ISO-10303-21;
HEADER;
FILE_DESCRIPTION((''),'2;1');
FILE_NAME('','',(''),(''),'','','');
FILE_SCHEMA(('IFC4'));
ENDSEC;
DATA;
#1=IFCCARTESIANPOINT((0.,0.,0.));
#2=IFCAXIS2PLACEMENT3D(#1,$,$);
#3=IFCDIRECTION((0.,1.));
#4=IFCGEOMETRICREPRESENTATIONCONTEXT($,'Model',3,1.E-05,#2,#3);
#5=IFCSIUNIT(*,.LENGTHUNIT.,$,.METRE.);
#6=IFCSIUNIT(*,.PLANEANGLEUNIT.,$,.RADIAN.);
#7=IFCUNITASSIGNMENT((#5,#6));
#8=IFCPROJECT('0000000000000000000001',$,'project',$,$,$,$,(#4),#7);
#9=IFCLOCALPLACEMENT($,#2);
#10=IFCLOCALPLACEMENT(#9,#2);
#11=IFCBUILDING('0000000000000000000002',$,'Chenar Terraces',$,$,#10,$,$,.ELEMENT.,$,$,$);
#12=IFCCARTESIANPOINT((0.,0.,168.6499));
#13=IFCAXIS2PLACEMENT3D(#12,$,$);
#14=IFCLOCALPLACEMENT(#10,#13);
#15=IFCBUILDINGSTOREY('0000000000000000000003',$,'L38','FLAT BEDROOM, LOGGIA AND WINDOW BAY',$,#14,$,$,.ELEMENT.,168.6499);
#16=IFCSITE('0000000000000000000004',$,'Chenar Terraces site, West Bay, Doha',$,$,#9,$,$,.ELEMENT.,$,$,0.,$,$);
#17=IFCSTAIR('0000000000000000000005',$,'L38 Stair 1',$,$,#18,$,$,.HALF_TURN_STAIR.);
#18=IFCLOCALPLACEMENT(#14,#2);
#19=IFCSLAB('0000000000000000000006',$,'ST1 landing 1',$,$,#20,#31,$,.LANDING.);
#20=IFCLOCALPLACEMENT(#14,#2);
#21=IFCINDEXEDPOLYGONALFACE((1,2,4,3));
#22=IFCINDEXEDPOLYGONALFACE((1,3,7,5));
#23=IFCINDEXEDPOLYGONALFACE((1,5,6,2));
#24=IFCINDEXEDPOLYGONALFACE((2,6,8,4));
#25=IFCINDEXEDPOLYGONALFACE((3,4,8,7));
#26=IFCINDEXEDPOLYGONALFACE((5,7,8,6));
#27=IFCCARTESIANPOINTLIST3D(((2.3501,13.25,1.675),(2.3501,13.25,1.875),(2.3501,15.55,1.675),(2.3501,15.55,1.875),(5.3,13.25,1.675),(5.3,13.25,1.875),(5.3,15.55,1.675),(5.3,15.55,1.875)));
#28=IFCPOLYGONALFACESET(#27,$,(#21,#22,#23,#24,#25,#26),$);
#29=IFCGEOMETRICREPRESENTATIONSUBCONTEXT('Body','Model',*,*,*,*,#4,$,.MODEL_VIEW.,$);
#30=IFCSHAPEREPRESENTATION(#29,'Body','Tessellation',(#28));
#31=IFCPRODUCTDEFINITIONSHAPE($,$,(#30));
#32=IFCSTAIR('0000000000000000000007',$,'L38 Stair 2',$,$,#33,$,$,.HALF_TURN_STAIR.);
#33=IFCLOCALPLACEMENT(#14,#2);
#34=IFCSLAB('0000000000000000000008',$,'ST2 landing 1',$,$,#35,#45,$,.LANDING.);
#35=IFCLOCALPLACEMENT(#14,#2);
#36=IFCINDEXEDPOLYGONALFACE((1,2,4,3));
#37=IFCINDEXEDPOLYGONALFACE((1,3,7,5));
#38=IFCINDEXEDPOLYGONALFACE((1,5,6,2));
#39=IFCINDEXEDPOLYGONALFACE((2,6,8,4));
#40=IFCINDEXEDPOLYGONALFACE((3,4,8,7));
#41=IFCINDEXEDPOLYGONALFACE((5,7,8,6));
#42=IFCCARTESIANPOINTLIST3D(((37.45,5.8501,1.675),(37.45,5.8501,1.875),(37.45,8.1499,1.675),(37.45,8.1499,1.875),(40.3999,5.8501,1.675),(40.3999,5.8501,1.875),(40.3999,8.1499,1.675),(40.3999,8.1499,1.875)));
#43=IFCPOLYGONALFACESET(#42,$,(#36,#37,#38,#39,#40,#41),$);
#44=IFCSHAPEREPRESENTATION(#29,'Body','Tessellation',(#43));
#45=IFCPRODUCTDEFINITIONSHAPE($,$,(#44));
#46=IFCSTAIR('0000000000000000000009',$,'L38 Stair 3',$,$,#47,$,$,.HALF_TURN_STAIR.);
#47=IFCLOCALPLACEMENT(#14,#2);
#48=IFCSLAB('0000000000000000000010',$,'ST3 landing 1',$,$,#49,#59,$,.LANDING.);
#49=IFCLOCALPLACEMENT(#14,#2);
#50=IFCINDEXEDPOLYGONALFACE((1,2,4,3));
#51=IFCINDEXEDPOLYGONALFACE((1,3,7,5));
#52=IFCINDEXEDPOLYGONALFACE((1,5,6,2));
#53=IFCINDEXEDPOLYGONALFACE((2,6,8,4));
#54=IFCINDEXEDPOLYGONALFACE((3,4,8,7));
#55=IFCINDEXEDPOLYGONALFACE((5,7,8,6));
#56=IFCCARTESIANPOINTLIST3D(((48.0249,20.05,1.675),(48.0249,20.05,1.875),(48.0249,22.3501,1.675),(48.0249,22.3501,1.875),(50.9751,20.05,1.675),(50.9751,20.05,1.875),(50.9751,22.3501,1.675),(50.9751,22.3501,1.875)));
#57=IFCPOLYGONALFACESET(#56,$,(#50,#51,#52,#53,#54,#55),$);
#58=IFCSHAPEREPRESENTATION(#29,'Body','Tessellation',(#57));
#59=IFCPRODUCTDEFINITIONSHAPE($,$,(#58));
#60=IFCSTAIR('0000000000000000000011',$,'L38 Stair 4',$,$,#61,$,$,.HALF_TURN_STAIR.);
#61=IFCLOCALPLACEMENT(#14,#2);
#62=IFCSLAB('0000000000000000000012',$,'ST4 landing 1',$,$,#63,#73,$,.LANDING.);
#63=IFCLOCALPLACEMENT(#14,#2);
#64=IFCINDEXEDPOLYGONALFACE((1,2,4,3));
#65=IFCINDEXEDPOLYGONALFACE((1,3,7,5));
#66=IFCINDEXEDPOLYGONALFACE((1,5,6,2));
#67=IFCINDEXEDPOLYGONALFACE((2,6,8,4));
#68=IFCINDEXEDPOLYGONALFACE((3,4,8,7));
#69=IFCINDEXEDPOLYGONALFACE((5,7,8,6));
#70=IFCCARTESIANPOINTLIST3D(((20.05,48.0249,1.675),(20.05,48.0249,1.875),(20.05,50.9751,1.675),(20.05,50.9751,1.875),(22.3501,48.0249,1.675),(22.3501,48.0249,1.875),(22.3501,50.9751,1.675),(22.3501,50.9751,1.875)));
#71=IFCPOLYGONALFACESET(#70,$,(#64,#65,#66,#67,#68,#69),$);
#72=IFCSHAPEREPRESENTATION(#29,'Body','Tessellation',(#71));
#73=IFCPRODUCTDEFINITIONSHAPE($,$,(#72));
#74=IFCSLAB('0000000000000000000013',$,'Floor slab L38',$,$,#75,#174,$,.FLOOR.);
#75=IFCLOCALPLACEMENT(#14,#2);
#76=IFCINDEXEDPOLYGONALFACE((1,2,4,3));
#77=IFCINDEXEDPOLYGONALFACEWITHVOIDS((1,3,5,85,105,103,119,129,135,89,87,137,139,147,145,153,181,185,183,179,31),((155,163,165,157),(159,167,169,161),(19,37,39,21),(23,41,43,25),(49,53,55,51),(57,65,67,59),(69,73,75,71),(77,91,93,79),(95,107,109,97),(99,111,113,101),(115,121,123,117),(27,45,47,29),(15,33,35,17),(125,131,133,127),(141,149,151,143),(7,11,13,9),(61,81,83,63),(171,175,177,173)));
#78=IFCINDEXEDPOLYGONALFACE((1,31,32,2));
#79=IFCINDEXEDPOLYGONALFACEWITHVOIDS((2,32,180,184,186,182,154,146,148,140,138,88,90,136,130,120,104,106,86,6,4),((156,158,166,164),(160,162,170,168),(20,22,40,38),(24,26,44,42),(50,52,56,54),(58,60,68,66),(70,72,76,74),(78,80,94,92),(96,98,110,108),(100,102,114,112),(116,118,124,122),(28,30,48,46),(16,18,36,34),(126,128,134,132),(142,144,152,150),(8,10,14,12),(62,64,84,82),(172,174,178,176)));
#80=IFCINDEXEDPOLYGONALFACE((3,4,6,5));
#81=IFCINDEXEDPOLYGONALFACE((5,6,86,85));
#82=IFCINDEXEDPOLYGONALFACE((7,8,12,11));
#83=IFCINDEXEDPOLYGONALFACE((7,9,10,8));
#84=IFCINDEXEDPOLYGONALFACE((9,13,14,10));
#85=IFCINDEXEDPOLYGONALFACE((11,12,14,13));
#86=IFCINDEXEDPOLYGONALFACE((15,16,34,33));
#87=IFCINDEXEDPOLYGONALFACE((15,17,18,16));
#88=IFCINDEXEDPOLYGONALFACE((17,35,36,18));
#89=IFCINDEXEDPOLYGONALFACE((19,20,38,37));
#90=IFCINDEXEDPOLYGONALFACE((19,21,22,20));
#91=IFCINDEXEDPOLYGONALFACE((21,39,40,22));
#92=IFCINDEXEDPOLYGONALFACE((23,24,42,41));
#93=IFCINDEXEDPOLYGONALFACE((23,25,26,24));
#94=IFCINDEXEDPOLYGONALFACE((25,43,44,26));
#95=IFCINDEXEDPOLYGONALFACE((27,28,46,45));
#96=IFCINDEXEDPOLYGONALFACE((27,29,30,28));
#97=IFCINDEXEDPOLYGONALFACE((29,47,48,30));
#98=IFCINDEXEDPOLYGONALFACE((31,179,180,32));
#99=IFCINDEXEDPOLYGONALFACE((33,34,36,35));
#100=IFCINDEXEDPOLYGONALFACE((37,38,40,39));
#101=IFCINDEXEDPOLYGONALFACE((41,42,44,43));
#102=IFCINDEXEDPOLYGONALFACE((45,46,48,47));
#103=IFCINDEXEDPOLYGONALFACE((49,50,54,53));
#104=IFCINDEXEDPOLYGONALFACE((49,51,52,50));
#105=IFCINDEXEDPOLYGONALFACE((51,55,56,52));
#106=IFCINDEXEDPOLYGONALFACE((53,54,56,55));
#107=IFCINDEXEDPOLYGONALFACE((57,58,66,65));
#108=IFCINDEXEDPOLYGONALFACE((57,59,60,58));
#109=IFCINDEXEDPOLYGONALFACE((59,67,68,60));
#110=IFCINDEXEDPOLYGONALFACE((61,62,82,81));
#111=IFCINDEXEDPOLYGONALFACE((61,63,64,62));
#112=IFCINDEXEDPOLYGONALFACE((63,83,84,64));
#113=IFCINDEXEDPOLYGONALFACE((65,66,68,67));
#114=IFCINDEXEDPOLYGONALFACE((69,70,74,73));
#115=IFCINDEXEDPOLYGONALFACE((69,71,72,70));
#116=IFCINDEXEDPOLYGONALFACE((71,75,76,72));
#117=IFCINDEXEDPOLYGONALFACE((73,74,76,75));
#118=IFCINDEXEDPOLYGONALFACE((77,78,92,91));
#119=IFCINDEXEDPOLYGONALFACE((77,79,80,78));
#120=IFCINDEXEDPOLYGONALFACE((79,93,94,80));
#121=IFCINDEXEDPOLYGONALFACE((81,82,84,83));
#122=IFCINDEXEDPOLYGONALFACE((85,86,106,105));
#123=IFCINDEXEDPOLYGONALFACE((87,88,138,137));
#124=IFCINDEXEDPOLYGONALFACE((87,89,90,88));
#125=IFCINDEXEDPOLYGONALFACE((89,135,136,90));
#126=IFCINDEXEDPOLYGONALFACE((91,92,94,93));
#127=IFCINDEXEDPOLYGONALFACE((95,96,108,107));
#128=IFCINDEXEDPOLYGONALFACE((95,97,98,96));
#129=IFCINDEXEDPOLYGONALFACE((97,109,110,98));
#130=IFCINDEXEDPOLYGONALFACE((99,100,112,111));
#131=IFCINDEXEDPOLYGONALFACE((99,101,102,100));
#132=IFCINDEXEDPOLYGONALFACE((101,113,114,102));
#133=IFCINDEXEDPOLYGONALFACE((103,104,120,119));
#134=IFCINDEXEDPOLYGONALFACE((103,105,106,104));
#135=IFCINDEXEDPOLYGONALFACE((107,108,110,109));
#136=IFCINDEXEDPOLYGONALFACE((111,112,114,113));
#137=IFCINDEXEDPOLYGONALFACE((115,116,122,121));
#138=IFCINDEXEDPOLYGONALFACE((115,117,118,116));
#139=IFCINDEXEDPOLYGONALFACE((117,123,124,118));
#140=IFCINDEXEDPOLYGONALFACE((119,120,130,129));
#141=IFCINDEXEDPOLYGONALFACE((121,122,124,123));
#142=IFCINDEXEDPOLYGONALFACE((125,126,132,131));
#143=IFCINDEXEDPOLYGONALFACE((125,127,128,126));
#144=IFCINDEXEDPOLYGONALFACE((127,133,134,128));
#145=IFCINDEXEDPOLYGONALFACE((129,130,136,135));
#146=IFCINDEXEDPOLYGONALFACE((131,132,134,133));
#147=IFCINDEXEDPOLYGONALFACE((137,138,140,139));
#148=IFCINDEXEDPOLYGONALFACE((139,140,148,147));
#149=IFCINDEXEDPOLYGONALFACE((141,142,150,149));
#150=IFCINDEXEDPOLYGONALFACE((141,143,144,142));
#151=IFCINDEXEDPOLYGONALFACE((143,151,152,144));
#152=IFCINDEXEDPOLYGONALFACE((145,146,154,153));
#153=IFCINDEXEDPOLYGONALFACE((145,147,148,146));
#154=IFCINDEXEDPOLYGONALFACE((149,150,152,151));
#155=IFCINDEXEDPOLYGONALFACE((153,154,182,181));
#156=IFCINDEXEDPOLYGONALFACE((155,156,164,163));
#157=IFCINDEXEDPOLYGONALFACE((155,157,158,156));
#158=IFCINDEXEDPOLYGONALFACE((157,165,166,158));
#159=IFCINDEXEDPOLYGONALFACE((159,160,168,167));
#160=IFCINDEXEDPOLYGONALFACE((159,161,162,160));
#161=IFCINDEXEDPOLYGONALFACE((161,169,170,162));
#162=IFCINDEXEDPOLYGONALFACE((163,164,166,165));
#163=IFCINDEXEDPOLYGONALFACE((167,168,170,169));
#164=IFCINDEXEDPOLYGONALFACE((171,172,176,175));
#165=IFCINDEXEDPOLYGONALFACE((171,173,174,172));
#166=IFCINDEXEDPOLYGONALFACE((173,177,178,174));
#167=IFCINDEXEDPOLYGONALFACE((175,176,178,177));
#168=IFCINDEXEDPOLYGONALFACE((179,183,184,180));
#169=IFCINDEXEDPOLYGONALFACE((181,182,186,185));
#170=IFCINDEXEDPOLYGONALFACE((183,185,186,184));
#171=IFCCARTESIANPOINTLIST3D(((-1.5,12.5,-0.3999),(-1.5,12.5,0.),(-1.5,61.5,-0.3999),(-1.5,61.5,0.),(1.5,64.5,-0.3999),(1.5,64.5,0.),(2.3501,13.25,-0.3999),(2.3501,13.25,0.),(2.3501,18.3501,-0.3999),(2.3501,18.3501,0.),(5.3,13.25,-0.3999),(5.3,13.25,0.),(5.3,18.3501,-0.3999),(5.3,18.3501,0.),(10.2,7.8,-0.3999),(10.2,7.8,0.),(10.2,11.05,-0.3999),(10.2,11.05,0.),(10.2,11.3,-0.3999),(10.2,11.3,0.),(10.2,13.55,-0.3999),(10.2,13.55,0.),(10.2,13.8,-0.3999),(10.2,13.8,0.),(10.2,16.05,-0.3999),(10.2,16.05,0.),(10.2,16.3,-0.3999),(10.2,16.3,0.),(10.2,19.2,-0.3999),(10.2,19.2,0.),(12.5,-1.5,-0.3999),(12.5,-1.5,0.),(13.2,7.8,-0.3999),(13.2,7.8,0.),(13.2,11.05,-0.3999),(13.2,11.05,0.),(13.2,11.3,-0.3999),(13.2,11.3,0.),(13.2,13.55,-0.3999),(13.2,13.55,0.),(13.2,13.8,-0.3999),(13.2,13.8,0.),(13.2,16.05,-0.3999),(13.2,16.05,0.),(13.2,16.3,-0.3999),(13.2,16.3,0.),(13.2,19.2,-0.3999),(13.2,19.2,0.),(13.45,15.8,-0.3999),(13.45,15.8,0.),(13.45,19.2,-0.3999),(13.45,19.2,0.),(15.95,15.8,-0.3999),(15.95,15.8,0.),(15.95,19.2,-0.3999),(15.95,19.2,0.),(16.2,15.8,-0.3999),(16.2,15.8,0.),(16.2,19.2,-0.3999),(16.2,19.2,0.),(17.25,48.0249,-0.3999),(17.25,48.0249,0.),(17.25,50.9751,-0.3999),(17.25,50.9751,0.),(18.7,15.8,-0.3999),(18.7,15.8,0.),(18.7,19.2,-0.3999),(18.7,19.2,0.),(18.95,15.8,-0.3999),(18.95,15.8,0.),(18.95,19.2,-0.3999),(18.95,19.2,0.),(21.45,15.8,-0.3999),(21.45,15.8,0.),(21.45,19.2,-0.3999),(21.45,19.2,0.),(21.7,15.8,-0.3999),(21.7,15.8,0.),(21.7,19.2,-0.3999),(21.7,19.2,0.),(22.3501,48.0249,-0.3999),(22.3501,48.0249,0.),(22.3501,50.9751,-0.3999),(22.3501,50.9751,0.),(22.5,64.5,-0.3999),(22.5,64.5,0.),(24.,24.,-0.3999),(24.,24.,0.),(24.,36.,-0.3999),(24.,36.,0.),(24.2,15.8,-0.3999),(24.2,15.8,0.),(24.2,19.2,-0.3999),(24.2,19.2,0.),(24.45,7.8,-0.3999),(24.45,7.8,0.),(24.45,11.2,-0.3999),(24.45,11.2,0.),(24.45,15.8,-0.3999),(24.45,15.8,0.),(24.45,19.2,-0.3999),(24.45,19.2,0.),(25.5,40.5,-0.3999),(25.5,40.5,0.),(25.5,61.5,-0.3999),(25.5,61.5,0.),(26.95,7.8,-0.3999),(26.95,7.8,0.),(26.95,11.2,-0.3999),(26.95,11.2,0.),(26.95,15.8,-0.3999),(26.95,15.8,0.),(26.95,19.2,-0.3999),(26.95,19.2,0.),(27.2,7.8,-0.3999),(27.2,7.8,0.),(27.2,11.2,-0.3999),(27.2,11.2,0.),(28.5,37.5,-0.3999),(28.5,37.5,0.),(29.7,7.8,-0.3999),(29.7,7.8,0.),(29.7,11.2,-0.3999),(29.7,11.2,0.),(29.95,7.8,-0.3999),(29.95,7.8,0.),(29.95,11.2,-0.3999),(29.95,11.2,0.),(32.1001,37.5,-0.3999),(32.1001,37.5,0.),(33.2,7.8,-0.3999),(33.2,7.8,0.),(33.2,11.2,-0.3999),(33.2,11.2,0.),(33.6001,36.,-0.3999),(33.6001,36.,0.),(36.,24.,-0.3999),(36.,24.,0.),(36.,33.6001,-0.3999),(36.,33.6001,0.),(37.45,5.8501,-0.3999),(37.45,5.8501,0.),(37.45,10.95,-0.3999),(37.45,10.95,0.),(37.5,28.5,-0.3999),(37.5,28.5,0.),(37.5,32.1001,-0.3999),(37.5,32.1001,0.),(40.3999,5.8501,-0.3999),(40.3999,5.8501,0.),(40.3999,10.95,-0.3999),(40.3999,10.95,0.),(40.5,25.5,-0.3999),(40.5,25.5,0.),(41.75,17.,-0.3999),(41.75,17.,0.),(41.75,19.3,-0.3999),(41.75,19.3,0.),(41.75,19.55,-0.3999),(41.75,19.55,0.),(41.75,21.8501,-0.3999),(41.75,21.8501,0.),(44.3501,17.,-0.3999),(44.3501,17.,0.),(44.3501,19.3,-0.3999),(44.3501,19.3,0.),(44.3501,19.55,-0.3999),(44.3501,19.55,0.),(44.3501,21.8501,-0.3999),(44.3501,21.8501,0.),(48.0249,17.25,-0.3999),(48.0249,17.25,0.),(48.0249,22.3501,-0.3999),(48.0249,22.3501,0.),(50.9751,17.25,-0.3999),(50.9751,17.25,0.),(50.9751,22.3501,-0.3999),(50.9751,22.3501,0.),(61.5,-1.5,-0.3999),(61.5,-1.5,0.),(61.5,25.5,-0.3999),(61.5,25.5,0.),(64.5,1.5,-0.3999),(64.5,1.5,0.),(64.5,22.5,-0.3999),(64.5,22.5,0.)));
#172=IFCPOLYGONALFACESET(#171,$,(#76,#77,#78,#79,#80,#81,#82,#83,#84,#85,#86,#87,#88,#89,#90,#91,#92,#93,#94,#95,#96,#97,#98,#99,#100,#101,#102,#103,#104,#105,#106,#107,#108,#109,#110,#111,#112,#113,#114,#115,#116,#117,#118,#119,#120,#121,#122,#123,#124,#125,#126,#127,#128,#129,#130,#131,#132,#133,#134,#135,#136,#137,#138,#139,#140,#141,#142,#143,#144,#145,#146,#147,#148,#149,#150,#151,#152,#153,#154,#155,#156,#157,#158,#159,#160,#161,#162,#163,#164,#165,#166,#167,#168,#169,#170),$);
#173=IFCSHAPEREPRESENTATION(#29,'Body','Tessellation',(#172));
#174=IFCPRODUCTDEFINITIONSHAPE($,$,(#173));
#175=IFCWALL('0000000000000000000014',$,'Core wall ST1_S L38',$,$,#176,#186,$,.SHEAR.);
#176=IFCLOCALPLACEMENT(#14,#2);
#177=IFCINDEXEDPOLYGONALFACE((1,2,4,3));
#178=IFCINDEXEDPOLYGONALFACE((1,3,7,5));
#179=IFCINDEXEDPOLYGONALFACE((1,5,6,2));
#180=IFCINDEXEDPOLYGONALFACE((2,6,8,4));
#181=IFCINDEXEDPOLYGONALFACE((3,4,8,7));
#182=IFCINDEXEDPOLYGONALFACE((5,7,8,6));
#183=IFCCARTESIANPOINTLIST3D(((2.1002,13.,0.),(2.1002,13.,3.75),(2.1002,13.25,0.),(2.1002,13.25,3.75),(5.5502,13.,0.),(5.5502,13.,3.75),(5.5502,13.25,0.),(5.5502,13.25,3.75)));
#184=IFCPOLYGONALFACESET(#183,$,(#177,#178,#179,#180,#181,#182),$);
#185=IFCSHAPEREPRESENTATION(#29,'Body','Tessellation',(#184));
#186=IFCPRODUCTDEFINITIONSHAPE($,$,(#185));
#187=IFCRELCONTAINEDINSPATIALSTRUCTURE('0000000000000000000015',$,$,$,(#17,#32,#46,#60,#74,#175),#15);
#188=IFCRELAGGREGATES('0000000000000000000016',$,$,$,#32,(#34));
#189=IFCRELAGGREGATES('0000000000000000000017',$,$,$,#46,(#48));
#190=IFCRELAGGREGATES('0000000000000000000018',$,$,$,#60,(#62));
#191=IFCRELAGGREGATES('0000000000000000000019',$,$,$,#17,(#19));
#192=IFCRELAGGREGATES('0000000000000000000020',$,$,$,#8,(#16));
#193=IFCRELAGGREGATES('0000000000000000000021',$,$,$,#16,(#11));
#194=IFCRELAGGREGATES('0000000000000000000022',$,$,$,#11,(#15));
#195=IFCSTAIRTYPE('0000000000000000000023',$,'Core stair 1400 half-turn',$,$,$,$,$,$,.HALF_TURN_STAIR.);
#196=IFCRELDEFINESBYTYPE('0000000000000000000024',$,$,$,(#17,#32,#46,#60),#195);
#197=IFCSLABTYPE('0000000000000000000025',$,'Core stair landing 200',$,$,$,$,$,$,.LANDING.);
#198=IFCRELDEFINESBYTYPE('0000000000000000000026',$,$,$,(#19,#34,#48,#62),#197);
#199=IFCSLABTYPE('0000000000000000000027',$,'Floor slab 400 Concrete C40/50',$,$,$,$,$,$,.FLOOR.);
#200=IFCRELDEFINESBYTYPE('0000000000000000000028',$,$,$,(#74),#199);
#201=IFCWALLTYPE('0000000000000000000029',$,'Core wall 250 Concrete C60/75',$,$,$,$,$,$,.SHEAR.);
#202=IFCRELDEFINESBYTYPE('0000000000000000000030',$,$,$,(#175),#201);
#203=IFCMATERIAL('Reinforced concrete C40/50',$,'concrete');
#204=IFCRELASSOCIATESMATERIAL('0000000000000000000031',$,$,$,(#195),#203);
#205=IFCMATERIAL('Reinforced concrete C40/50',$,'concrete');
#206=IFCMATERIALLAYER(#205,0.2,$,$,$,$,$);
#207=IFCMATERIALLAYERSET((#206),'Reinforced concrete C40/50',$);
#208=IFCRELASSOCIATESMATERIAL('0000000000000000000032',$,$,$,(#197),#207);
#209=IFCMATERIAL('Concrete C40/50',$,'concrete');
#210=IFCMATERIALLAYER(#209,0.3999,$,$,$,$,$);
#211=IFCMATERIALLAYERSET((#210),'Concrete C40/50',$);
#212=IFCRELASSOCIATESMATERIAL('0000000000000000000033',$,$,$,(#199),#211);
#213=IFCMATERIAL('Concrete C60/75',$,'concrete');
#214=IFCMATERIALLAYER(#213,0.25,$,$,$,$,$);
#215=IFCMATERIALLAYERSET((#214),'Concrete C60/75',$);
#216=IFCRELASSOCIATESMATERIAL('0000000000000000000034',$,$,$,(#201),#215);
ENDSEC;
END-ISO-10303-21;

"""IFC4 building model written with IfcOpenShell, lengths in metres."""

from ifc_helpers import new_model, si_unit, direction, frame, frame_2d, origin, place, context, subcontext, project, spatial, polyline, rectangle, outline, extrude, material, layer, layer_set, type_object, element, aggregate, save


model = new_model("IFC4")

# Units and contexts
model_context = context("Model", 3, precision=1e-05, world=origin(), true_north=direction((0.0, 1.0)))
body_context = subcontext(model_context, "Body", "Model", "MODEL_VIEW")
ifc_project = project(units=[si_unit("LENGTHUNIT", "METRE"), si_unit("PLANEANGLEUNIT", "RADIAN")], contexts=[model_context])

# Site, building, storey
site_placement = place(None, origin())
site = spatial("IfcSite", under=ifc_project, at=site_placement, Name="Chenar Terraces site, West Bay, Doha", CompositionType="ELEMENT", RefElevation=0.0)
building_placement = place(site_placement, origin())
building = spatial("IfcBuilding", under=site, at=building_placement, Name="Chenar Terraces", CompositionType="ELEMENT")
storey_placement = place(building_placement, frame((0.0, 0.0, 168.6499)))
storey = spatial("IfcBuildingStorey", under=building, at=storey_placement, Name="L38", Description="FLAT BEDROOM, LOGGIA AND WINDOW BAY", CompositionType="ELEMENT", Elevation=168.6499)

# Stairs, slabs
ifc_material_1 = material(Name="Reinforced concrete C40/50", Category="concrete")
stair_type = type_object("IfcStairType", Name="Core stair 1400 half-turn", PredefinedType="HALF_TURN_STAIR", material=ifc_material_1)
placement_1 = place(storey_placement, origin())
stair_1 = element("IfcStair", 1, at=placement_1, inside=storey, type_object=stair_type, Name="L38 Stair 1", PredefinedType="HALF_TURN_STAIR")
ifc_material_2 = material(Name="Reinforced concrete C40/50", Category="concrete")
ifc_layer_1 = layer(ifc_material_2, 0.2)
ifc_layer_set_1 = layer_set([ifc_layer_1], Name="Reinforced concrete C40/50")
slab_type_1 = type_object("IfcSlabType", Name="Core stair landing 200", PredefinedType="LANDING", material=ifc_layer_set_1)
placement_2 = place(storey_placement, frame((0.0, 0.0, 1.675)))
slab_1 = element("IfcSlab", 2, at=placement_2, type_object=slab_type_1, Name="ST1 landing 1", PredefinedType="LANDING", context=body_context, shape_type="SweptSolid", body=[
    extrude(outline(polyline([(2.3501, 15.55), (2.3501, 13.25), (5.3, 13.25), (5.3, 15.55), (2.3501, 15.55)])), origin(), (0.0, 0.0, 1.0), 0.2),
])
stair_2 = element("IfcStair", 3, at=placement_1, inside=storey, type_object=stair_type, Name="L38 Stair 2", PredefinedType="HALF_TURN_STAIR")
slab_2 = element("IfcSlab", 4, at=placement_2, type_object=slab_type_1, Name="ST2 landing 1", PredefinedType="LANDING", context=body_context, shape_type="SweptSolid", body=[
    extrude(outline(polyline([(37.45, 8.1499), (37.45, 5.8501), (40.3999, 5.8501), (40.3999, 8.1499), (37.45, 8.1499)])), origin(), (0.0, 0.0, 1.0), 0.2),
])
aggregate(stair_2, [slab_2])
stair_3 = element("IfcStair", 5, at=placement_1, inside=storey, type_object=stair_type, Name="L38 Stair 3", PredefinedType="HALF_TURN_STAIR")
slab_3 = element("IfcSlab", 6, at=placement_2, type_object=slab_type_1, Name="ST3 landing 1", PredefinedType="LANDING", context=body_context, shape_type="SweptSolid", body=[
    extrude(outline(polyline([(50.9751, 20.05), (50.9751, 22.3501), (48.0249, 22.3501), (48.0249, 20.05), (50.9751, 20.05)])), origin(), (0.0, 0.0, 1.0), 0.2),
])
aggregate(stair_3, [slab_3])
stair_4 = element("IfcStair", 7, at=placement_1, inside=storey, type_object=stair_type, Name="L38 Stair 4", PredefinedType="HALF_TURN_STAIR")
slab_4 = element("IfcSlab", 8, at=placement_2, type_object=slab_type_1, Name="ST4 landing 1", PredefinedType="LANDING", context=body_context, shape_type="SweptSolid", body=[
    extrude(outline(polyline([(20.05, 48.0249), (22.3501, 48.0249), (22.3501, 50.9751), (20.05, 50.9751), (20.05, 48.0249)])), origin(), (0.0, 0.0, 1.0), 0.2),
])
aggregate(stair_4, [slab_4])

# Slab
ifc_material_3 = material(Name="Concrete C40/50", Category="concrete")
ifc_layer_2 = layer(ifc_material_3, 0.3999)
ifc_layer_set_2 = layer_set([ifc_layer_2], Name="Concrete C40/50")
slab_type_2 = type_object("IfcSlabType", Name="Floor slab 400 Concrete C40/50", PredefinedType="FLOOR", material=ifc_layer_set_2)
slab_5_placement = place(storey_placement, frame((0.0, 0.0, -0.3999)))
element("IfcSlab", 9, at=slab_5_placement, inside=storey, type_object=slab_type_2, Name="Floor slab L38", PredefinedType="FLOOR", context=body_context, shape_type="SweptSolid", body=[
    extrude(outline(polyline([(64.5, 22.5), (64.5, 1.5), (61.5, -1.5), (12.5, -1.5), (-1.5, 12.5), (-1.5, 61.5), (1.5, 64.5), (22.5, 64.5), (25.5, 61.5), (25.5, 40.5), (28.5, 37.5), (32.1001, 37.5), (33.6001, 36.0), (24.0, 36.0), (24.0, 24.0), (36.0, 24.0), (36.0, 33.6001), (37.5, 32.1001), (37.5, 28.5), (40.5, 25.5), (61.5, 25.5), (64.5, 22.5)]), holes=[polyline([(13.2, 11.05), (10.2, 11.05), (10.2, 7.8), (13.2, 7.8), (13.2, 11.05)]), polyline([(13.2, 13.55), (10.2, 13.55), (10.2, 11.3), (13.2, 11.3), (13.2, 13.55)]), polyline([(13.2, 16.05), (10.2, 16.05), (10.2, 13.8), (13.2, 13.8), (13.2, 16.05)]), polyline([(2.3501, 13.25), (5.3, 13.25), (5.3, 18.3501), (2.3501, 18.3501), (2.3501, 13.25)]), polyline([(15.95, 19.2), (13.45, 19.2), (13.45, 15.8), (15.95, 15.8), (15.95, 19.2)]), polyline([(18.7, 19.2), (16.2, 19.2), (16.2, 15.8), (18.7, 15.8), (18.7, 19.2)]), polyline([(21.45, 19.2), (18.95, 19.2), (18.95, 15.8), (21.45, 15.8), (21.45, 19.2)]), polyline([(24.2, 15.8), (24.2, 19.2), (21.7, 19.2), (21.7, 15.8), (24.2, 15.8)]), polyline([(13.2, 16.3), (13.2, 19.2), (10.2, 19.2), (10.2, 16.3), (13.2, 16.3)]), polyline([(22.3501, 48.0249), (22.3501, 50.9751), (17.25, 50.9751), (17.25, 48.0249), (22.3501, 48.0249)]), polyline([(37.45, 5.8501), (40.3999, 5.8501), (40.3999, 10.95), (37.45, 10.95), (37.45, 5.8501)]), polyline([(26.95, 11.2), (24.45, 11.2), (24.45, 7.8), (26.95, 7.8), (26.95, 11.2)]), polyline([(29.7, 7.8), (29.7, 11.2), (27.2, 11.2), (27.2, 7.8), (29.7, 7.8)]), polyline([(33.2, 7.8), (33.2, 11.2), (29.95, 11.2), (29.95, 7.8), (33.2, 7.8)]), polyline([(26.95, 19.2), (24.45, 19.2), (24.45, 15.8), (26.95, 15.8), (26.95, 19.2)]), polyline([(44.3501, 19.3), (41.75, 19.3), (41.75, 17.0), (44.3501, 17.0), (44.3501, 19.3)]), polyline([(50.9751, 22.3501), (48.0249, 22.3501), (48.0249, 17.25), (50.9751, 17.25), (50.9751, 22.3501)]), polyline([(44.3501, 19.55), (44.3501, 21.8501), (41.75, 21.8501), (41.75, 19.55), (44.3501, 19.55)])]), origin(), (0.0, 0.0, 1.0), 0.3999),
])

# Wall
ifc_material_4 = material(Name="Concrete C60/75", Category="concrete")
ifc_layer_3 = layer(ifc_material_4, 0.25)
ifc_layer_set_3 = layer_set([ifc_layer_3], Name="Concrete C60/75")
wall_type_1 = type_object("IfcWallType", Name="Core wall 250 Concrete C60/75", PredefinedType="SHEAR", material=ifc_layer_set_3)
wall_1_placement = place(storey_placement, frame((2.1001, 13.125, 0.0), z_axis=(0.0, 0.0, 1.0), x_axis=(1.0, 0.0, 0.0)))
element("IfcWall", 10, at=wall_1_placement, inside=storey, type_object=wall_type_1, Name="Core wall ST1_S L38", PredefinedType="SHEAR", context=body_context, shape_type="SweptSolid", body=[
    extrude(rectangle(XDim=3.45, YDim=0.25, at=frame_2d((1.7251, 0.0))), origin(), (0.0, 0.0, 1.0), 3.75),
])

aggregate(stair_1, [slab_1])

save(model, "model.ifc")
